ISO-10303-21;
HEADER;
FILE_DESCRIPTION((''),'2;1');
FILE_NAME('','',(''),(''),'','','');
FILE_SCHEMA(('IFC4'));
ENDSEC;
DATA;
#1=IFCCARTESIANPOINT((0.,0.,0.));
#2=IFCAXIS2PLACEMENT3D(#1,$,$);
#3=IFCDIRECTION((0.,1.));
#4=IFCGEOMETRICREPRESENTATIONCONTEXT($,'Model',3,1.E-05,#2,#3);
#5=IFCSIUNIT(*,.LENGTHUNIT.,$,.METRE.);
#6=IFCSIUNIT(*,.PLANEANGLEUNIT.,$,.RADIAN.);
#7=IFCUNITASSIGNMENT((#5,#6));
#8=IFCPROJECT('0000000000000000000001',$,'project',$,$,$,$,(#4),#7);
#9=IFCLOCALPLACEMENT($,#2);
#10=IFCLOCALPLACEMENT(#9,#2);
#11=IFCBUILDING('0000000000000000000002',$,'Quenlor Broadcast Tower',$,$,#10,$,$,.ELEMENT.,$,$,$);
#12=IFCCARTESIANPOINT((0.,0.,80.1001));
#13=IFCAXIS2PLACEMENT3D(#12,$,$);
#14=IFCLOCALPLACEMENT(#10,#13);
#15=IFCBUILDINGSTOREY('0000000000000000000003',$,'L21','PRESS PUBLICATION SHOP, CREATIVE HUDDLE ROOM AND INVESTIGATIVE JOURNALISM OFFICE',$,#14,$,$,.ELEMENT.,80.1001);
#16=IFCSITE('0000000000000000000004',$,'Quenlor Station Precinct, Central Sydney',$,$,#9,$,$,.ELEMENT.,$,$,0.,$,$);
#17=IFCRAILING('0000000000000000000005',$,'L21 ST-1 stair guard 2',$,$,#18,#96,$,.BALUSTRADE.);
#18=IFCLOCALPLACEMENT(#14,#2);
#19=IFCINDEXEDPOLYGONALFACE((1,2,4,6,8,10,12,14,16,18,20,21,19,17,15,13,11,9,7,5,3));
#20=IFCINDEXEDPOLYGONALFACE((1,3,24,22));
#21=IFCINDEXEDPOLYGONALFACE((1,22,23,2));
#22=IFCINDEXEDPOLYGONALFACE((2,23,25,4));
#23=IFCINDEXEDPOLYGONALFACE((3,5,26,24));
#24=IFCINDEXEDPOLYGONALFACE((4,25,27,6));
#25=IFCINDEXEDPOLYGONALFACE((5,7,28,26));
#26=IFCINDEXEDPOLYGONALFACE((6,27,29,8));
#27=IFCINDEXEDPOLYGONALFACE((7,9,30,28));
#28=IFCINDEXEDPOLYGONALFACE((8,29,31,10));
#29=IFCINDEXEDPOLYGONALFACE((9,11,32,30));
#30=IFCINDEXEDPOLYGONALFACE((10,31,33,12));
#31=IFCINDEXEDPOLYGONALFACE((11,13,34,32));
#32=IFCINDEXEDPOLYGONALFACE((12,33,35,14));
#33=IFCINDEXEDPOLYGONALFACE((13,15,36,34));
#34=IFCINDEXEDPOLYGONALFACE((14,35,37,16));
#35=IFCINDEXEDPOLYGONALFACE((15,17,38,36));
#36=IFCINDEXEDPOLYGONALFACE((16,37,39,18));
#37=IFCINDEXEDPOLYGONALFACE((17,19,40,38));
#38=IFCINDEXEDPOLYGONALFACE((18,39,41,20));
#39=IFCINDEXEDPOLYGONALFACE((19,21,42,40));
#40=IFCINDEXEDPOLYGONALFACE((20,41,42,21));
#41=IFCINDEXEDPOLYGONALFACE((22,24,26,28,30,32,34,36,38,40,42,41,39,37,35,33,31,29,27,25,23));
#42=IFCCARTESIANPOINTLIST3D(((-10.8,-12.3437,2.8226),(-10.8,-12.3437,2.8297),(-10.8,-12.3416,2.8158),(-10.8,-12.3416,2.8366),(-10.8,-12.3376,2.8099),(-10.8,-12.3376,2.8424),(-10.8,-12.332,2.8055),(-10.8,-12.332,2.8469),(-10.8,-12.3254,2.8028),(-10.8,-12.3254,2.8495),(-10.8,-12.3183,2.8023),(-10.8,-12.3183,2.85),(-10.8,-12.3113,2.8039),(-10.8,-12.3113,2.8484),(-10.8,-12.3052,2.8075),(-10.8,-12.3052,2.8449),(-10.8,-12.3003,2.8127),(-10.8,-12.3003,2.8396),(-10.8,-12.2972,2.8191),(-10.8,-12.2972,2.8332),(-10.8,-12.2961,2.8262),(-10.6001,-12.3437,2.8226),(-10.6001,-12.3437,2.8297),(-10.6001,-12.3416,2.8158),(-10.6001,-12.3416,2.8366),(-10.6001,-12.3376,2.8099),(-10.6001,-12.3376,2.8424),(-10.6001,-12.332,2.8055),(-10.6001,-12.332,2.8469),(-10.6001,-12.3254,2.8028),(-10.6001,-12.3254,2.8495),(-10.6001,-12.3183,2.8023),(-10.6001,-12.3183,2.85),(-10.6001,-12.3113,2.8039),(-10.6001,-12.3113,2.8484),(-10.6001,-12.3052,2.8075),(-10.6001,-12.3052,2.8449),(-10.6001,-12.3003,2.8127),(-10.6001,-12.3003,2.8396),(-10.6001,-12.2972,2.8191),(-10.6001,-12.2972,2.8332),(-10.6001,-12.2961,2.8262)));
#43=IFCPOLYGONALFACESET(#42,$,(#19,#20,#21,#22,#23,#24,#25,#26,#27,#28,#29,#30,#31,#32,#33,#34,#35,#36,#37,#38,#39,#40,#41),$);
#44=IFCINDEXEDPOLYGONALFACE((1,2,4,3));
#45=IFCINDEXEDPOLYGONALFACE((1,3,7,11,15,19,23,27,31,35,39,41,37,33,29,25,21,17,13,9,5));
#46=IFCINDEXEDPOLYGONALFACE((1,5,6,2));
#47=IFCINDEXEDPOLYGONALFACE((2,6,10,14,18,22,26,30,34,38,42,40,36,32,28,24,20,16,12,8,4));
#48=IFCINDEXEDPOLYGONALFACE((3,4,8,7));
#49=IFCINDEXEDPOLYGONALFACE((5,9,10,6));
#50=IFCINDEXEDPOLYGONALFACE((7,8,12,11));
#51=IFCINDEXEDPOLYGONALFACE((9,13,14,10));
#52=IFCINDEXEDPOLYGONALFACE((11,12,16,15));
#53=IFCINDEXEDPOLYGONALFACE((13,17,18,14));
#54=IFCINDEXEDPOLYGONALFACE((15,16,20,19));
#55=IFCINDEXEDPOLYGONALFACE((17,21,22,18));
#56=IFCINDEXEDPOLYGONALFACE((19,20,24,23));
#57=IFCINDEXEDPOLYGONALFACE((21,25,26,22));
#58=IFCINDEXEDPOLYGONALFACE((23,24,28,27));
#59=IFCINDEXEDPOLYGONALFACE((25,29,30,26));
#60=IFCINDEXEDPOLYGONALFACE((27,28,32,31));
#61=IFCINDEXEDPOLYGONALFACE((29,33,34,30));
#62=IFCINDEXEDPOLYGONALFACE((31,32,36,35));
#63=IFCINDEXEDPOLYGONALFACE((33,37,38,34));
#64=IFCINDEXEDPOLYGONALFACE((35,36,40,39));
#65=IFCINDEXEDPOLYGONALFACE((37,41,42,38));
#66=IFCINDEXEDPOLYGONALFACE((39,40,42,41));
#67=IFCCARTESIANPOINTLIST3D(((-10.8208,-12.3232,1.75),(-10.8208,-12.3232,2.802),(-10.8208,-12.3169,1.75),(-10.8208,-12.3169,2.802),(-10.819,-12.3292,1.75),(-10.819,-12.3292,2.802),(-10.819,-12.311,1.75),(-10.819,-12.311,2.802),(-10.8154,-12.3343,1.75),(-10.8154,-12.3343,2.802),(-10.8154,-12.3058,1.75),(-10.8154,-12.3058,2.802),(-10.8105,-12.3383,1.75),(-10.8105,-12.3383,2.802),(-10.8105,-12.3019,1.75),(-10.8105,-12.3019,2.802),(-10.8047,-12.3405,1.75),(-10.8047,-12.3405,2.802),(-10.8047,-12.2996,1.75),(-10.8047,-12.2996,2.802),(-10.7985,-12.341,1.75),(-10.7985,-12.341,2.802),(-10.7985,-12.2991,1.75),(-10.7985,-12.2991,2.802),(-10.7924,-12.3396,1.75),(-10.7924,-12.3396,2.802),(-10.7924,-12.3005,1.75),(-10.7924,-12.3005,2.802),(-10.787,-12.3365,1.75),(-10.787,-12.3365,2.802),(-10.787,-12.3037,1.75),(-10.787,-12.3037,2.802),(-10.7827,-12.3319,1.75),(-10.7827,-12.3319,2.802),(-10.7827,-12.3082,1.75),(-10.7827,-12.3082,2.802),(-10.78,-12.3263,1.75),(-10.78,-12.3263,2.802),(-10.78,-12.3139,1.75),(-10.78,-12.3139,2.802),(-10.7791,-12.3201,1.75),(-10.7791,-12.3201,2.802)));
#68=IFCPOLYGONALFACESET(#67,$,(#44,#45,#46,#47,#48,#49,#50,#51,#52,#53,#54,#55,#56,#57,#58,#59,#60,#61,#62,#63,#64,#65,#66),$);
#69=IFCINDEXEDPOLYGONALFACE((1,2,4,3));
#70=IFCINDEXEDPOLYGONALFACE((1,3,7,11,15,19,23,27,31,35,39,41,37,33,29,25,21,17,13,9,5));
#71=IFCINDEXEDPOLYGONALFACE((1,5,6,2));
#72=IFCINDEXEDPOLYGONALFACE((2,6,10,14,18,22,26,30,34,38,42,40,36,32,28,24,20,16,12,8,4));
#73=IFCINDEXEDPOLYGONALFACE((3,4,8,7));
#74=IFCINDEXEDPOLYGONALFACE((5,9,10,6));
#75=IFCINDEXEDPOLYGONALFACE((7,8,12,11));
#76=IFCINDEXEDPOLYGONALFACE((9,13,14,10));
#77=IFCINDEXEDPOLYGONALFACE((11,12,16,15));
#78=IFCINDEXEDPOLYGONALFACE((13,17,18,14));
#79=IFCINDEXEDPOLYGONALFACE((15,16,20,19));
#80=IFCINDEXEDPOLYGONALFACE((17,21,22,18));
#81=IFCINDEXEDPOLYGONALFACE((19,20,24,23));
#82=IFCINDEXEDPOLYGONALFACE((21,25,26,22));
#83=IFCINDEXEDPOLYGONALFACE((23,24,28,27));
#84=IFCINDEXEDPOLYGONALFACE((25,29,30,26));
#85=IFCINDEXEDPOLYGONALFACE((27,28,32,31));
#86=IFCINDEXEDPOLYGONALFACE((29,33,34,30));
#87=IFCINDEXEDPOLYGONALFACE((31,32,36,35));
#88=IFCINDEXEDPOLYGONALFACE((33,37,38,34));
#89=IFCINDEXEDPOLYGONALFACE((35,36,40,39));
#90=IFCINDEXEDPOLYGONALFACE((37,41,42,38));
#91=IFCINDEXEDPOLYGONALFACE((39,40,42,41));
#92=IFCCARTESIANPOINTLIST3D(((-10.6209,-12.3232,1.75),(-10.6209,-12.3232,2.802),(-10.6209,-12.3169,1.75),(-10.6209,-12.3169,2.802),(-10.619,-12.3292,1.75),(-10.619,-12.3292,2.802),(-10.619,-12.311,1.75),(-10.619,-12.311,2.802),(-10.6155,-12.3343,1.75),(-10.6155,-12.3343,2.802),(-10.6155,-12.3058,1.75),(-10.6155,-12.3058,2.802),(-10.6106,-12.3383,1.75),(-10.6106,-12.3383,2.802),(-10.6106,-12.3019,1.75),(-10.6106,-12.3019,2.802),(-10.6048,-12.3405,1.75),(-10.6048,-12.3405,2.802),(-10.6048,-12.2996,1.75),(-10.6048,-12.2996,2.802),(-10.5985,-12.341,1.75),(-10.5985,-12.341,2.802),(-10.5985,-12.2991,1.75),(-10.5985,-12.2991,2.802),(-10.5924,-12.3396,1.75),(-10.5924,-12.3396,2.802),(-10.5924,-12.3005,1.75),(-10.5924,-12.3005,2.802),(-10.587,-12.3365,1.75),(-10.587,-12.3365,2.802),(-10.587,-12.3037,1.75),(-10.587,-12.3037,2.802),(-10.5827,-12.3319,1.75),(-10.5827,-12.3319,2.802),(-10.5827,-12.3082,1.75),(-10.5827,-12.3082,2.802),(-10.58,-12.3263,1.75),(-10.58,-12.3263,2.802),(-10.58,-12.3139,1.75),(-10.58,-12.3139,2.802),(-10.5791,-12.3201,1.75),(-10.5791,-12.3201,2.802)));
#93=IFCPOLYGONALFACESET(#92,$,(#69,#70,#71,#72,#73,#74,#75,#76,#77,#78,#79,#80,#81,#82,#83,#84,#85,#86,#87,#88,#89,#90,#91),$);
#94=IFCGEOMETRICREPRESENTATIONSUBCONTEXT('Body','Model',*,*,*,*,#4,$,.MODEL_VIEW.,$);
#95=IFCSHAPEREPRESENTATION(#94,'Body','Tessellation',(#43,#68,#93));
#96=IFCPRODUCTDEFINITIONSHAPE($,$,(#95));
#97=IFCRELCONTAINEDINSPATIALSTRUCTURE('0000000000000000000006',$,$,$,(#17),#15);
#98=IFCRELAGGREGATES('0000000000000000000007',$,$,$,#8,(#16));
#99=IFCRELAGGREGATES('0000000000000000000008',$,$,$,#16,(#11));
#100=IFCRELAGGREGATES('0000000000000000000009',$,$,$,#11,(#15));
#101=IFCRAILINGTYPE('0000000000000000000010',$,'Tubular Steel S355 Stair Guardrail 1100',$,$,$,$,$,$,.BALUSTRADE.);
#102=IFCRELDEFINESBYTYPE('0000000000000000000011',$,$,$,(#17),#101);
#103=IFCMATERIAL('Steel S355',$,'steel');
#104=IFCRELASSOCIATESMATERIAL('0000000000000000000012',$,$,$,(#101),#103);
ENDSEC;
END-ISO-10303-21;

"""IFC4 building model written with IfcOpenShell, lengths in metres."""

from ifc_helpers import new_model, si_unit, direction, frame, origin, origin_2d, place, context, subcontext, project, spatial, circle, extrude, material, type_object, element, save


model = new_model("IFC4")

# Units and contexts
model_context = context("Model", 3, precision=1e-05, world=origin(), true_north=direction((0.0, 1.0)))
body_context = subcontext(model_context, "Body", "Model", "MODEL_VIEW")
ifc_project = project(units=[si_unit("LENGTHUNIT", "METRE"), si_unit("PLANEANGLEUNIT", "RADIAN")], contexts=[model_context])

# Site, building, storey
site_placement = place(None, origin())
site = spatial("IfcSite", under=ifc_project, at=site_placement, Name="Quenlor Station Precinct, Central Sydney", CompositionType="ELEMENT", RefElevation=0.0)
building_placement = place(site_placement, origin())
building = spatial("IfcBuilding", under=site, at=building_placement, Name="Quenlor Broadcast Tower", CompositionType="ELEMENT")
storey_placement = place(building_placement, frame((0.0, 0.0, 80.1001)))
storey = spatial("IfcBuildingStorey", under=building, at=storey_placement, Name="L21", Description="PRESS PUBLICATION SHOP, CREATIVE HUDDLE ROOM AND INVESTIGATIVE JOURNALISM OFFICE", CompositionType="ELEMENT", Elevation=80.1001)

# Railing
ifc_material_1 = material(Name="Steel S355", Category="steel")
railing_type_1 = type_object("IfcRailingType", Name="Tubular Steel S355 Stair Guardrail 1100", PredefinedType="BALUSTRADE", material=ifc_material_1)
railing_1_placement = place(storey_placement, frame((-10.8, -12.3201, 1.75)))
element("IfcRailing", 1, at=railing_1_placement, inside=storey, type_object=railing_type_1, Name="L21 ST-1 stair guard 2", PredefinedType="BALUSTRADE", context=body_context, shape_type="SweptSolid", body=[
    extrude(circle(Radius=0.0239, at=origin_2d()), frame((0.0, 0.0, 1.0762), z_axis=(1.0, 0.0, 0.0), x_axis=(0.0, 1.0, 0.0)), (0.0, 0.0, 1.0), 0.2),
    extrude(circle(Radius=0.021, at=origin_2d()), origin(), (0.0, 0.0, 1.0), 1.052),
    extrude(circle(Radius=0.021, at=origin_2d()), frame((0.2, 0.0, 0.0)), (0.0, 0.0, 1.0), 1.052),
])

save(model, "model.ifc")
